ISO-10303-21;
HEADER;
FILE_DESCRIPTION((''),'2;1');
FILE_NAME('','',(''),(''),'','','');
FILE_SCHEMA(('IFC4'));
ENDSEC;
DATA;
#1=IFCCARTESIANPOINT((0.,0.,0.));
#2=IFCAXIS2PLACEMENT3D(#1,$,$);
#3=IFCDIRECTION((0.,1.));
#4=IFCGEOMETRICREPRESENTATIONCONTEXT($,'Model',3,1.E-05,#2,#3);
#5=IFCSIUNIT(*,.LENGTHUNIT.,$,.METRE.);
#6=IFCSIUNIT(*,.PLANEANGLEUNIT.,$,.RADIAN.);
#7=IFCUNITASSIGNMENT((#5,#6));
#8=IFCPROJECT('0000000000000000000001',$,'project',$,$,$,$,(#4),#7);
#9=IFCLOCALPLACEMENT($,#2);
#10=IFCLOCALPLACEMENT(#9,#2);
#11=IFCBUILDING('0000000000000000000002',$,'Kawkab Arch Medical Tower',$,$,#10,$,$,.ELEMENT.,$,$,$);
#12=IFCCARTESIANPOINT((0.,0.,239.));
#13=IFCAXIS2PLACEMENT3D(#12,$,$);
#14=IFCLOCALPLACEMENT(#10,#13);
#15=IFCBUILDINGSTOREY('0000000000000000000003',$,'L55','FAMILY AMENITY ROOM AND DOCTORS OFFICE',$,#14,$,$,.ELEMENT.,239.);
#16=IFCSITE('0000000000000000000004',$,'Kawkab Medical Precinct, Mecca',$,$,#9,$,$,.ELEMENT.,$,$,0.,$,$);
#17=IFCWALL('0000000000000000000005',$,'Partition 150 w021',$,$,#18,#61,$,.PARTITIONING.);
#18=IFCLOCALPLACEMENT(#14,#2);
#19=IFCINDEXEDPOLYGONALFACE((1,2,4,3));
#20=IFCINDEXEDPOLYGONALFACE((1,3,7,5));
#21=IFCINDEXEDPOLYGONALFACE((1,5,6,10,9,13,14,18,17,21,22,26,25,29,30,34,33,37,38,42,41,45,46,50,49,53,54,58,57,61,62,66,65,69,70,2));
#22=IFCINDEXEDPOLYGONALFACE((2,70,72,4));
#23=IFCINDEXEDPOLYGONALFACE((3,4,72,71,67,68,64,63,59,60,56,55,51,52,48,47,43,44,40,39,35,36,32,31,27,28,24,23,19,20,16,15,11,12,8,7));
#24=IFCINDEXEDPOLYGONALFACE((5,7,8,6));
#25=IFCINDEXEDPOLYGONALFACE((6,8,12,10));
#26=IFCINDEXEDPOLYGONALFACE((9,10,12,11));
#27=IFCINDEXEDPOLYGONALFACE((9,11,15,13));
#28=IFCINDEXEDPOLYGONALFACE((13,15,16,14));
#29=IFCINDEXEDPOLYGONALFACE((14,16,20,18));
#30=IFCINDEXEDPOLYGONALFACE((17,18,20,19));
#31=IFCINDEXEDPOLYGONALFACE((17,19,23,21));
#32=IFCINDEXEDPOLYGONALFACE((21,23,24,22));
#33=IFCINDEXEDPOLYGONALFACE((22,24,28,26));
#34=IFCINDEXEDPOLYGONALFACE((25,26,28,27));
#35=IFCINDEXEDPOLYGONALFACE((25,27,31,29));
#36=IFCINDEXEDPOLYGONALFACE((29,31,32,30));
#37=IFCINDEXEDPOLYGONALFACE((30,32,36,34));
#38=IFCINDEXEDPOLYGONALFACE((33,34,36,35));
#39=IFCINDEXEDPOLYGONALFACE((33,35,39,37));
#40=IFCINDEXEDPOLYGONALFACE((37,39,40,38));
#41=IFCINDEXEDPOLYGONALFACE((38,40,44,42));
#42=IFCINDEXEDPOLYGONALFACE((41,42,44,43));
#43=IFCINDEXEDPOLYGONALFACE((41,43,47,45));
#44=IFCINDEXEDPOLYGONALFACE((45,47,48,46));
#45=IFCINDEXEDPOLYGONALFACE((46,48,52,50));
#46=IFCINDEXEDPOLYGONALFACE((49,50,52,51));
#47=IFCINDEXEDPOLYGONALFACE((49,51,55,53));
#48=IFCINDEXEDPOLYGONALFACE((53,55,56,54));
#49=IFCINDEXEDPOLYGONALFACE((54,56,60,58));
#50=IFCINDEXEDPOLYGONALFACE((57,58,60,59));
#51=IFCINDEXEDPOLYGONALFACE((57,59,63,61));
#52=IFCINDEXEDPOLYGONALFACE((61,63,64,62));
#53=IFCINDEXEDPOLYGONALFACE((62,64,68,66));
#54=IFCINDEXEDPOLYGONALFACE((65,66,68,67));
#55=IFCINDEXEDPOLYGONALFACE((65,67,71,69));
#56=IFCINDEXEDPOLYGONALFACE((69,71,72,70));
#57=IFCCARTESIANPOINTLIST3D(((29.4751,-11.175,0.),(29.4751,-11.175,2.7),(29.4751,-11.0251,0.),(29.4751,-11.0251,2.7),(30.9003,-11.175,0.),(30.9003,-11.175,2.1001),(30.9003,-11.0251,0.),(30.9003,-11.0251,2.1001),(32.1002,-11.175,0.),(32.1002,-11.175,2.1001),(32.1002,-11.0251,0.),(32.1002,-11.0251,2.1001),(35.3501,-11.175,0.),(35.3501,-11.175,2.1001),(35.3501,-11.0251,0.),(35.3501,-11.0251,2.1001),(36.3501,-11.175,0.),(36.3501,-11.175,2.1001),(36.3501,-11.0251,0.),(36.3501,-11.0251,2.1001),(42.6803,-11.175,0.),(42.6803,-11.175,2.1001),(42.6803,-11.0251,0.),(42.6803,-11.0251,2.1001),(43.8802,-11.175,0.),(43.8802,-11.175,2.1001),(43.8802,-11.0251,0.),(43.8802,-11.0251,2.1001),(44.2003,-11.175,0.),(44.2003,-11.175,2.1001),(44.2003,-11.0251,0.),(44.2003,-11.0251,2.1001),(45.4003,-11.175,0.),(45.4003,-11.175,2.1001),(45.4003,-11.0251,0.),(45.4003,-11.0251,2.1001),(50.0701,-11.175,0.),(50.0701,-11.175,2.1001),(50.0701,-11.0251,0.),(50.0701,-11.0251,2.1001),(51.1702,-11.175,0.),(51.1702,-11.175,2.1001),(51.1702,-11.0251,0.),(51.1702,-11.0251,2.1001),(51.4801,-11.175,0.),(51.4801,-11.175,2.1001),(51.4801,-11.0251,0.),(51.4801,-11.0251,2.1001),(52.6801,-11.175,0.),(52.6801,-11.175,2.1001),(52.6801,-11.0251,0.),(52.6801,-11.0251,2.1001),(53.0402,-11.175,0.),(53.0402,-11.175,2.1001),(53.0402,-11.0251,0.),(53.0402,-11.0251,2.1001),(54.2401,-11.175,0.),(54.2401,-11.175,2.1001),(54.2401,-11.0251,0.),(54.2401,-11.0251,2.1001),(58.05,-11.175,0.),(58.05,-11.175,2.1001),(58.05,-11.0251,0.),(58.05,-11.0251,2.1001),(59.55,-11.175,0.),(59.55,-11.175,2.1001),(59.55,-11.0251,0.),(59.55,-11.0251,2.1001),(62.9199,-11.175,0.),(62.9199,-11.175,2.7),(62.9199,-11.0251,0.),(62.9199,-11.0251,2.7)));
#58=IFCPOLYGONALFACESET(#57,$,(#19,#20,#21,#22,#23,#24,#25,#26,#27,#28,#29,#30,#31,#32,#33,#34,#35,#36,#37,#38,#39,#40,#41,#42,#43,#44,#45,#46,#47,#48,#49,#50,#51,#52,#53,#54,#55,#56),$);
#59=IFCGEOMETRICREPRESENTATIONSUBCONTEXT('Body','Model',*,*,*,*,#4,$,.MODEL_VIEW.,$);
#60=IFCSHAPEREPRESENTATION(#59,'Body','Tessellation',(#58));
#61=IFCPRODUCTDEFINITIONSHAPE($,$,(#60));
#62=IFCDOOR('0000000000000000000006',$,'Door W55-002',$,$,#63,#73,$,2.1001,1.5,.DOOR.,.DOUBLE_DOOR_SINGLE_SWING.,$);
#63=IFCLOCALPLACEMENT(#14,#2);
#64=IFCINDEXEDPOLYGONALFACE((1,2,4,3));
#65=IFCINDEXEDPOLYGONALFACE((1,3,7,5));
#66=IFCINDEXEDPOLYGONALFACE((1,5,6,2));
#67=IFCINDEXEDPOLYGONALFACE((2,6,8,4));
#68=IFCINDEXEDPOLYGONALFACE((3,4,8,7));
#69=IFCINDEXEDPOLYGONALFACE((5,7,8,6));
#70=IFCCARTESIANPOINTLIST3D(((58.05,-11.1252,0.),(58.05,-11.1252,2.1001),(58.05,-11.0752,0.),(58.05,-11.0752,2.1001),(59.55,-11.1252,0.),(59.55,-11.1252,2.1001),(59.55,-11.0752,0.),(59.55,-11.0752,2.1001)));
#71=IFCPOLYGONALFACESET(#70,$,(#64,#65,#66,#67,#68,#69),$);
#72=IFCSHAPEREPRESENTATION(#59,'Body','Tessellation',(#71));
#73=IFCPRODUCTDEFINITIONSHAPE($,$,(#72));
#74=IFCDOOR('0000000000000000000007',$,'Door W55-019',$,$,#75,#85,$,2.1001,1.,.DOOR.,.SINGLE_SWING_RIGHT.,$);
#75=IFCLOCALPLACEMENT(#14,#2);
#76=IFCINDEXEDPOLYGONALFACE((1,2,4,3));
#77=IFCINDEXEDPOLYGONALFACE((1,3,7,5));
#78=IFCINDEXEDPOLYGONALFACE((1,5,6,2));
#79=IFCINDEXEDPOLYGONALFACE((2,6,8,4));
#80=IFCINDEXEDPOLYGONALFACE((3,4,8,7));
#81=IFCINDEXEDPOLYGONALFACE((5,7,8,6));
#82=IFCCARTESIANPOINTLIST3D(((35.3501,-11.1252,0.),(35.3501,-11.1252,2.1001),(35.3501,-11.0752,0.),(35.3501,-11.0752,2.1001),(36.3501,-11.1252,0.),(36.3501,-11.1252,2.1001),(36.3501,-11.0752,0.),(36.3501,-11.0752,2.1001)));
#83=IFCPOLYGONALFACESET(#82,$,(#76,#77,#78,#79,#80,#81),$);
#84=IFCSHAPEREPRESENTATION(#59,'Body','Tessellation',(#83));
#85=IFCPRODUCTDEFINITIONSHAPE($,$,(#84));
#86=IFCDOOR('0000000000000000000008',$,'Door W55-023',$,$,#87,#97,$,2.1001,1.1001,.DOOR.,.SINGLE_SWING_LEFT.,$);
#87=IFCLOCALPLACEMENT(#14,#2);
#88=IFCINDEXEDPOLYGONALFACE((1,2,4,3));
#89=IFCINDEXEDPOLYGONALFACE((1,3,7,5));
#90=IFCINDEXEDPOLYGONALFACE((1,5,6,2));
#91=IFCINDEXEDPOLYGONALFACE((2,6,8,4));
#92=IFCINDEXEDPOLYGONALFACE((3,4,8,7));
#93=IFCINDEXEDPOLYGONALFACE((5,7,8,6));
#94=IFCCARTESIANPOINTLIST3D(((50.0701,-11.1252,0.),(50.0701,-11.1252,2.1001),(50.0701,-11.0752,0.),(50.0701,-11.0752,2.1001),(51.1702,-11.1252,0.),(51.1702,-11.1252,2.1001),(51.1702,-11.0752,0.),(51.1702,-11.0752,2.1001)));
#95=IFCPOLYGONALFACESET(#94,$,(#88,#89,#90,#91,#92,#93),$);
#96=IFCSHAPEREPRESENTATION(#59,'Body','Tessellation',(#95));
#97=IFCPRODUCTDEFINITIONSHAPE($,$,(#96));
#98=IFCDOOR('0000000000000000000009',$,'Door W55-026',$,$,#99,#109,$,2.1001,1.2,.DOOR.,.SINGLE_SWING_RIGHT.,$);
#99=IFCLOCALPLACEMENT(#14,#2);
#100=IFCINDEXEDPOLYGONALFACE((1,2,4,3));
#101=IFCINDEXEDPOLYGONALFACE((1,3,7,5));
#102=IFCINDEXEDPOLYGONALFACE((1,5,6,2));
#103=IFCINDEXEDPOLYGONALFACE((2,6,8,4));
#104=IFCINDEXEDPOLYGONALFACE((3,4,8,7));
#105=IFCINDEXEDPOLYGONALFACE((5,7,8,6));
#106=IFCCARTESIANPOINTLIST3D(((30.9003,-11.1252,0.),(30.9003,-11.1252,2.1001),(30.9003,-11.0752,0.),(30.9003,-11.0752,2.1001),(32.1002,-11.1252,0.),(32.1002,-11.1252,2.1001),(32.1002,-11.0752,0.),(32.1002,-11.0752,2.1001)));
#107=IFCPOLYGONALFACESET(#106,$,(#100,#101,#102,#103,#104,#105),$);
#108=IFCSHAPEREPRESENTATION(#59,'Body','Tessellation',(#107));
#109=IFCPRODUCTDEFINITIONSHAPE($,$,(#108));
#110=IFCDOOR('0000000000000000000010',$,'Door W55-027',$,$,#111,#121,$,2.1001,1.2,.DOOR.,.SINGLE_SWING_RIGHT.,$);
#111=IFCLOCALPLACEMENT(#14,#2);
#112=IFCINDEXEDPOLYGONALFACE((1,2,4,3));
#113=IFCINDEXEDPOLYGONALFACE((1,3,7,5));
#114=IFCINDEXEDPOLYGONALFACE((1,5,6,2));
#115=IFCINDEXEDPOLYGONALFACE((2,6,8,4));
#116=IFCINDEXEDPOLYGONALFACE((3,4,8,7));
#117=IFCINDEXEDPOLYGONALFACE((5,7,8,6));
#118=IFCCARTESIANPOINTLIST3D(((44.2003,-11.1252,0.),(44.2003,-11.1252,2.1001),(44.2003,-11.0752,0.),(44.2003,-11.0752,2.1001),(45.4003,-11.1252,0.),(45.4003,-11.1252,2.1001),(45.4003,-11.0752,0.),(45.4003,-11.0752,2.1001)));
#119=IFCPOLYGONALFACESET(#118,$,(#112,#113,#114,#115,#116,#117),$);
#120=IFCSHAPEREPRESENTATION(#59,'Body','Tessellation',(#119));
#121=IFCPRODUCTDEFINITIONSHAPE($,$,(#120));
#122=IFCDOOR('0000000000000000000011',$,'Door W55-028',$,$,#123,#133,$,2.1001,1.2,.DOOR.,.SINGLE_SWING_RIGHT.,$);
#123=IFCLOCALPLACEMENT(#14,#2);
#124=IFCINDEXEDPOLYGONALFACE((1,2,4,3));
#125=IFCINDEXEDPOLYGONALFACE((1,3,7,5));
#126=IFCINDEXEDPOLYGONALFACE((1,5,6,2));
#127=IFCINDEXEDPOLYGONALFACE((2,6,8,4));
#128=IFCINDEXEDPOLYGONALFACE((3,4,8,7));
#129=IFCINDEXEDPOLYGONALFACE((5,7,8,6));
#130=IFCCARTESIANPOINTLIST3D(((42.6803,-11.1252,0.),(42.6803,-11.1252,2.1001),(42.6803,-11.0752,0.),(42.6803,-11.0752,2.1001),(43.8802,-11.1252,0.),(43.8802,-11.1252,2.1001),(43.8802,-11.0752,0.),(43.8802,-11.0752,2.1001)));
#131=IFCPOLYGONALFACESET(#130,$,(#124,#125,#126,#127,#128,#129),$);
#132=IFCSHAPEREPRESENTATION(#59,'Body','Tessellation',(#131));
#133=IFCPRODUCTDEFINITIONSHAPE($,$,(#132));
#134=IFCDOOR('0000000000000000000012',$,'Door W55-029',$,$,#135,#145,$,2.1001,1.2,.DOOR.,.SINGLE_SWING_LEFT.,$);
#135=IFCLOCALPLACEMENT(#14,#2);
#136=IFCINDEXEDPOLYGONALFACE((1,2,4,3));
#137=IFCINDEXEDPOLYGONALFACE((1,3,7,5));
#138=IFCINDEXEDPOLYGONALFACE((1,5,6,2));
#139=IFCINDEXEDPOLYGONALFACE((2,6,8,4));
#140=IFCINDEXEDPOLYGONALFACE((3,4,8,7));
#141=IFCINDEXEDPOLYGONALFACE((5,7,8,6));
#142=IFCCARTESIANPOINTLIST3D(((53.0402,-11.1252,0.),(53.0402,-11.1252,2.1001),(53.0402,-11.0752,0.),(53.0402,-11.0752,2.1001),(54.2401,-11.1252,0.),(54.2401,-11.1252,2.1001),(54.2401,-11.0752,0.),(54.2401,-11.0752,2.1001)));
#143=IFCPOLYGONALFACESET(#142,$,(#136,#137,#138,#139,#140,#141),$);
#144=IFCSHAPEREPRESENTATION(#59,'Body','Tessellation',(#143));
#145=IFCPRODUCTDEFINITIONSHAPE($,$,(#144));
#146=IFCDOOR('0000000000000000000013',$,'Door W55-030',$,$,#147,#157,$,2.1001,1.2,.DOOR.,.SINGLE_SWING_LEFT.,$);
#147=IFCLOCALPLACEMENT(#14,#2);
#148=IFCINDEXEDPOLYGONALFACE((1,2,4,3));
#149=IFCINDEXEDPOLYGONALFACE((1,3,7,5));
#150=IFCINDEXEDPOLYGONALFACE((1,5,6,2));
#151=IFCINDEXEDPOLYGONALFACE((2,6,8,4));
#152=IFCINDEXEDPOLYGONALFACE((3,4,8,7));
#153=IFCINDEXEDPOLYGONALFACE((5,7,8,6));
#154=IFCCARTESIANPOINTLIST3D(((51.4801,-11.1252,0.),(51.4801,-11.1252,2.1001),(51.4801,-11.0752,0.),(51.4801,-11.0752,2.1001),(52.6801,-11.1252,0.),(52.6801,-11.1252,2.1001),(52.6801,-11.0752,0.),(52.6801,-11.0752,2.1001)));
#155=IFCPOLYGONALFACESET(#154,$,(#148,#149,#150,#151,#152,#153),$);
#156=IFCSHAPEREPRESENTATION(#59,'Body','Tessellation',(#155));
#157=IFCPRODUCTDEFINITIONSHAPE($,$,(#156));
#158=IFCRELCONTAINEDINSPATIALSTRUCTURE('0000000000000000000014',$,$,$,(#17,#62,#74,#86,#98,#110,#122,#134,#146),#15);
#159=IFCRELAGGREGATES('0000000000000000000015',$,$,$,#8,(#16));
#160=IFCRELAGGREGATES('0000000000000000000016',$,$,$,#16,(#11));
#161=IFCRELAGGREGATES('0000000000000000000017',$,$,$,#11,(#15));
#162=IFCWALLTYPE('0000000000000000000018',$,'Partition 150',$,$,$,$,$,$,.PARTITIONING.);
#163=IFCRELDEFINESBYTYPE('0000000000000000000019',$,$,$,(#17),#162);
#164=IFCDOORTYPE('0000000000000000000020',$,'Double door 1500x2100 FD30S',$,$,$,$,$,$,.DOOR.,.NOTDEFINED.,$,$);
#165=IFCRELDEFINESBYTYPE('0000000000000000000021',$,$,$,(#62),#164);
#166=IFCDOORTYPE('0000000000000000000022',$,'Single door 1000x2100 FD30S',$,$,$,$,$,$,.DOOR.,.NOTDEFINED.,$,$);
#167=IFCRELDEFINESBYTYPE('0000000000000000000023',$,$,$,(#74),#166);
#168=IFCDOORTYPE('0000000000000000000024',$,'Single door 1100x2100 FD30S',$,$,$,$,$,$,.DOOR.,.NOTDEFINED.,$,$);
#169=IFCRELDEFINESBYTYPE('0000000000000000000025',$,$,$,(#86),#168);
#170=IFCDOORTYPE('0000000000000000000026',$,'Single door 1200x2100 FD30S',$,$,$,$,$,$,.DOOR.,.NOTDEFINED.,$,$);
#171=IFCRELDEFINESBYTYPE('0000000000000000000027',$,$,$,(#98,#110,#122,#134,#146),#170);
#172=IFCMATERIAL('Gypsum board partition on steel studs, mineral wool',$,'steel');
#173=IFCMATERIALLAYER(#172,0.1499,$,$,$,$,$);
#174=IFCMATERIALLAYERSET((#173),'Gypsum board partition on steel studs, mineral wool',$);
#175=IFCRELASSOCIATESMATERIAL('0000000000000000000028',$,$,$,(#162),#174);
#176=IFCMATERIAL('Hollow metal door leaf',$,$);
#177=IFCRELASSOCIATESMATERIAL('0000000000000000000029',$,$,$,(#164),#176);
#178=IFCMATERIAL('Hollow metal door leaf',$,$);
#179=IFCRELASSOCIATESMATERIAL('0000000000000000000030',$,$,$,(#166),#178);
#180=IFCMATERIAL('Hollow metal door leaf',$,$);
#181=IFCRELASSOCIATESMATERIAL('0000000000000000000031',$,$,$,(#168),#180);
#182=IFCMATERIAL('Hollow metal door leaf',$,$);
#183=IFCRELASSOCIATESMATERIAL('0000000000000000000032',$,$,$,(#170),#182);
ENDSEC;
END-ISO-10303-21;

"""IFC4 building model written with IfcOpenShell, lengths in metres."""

from ifc_helpers import new_model, si_unit, direction, frame, frame_2d, origin, place, context, subcontext, project, spatial, rectangle, extrude, material, layer, layer_set, type_object, element, fill, save


model = new_model("IFC4")

# Units and contexts
model_context = context("Model", 3, precision=1e-05, world=origin(), true_north=direction((0.0, 1.0)))
body_context = subcontext(model_context, "Body", "Model", "MODEL_VIEW")
ifc_project = project(units=[si_unit("LENGTHUNIT", "METRE"), si_unit("PLANEANGLEUNIT", "RADIAN")], contexts=[model_context])

# Site, building, storey
site_placement = place(None, origin())
site = spatial("IfcSite", under=ifc_project, at=site_placement, Name="Kawkab Medical Precinct, Mecca", CompositionType="ELEMENT", RefElevation=0.0)
building_placement = place(site_placement, origin())
building = spatial("IfcBuilding", under=site, at=building_placement, Name="Kawkab Arch Medical Tower", CompositionType="ELEMENT")
storey_placement = place(building_placement, frame((0.0, 0.0, 239.0)))
storey = spatial("IfcBuildingStorey", under=building, at=storey_placement, Name="L55", Description="FAMILY AMENITY ROOM AND DOCTORS OFFICE", CompositionType="ELEMENT", Elevation=239.0)

# Shared definitions
ifc_material_1 = material(Name="Gypsum board partition on steel studs, mineral wool", Category="steel")
ifc_layer_1 = layer(ifc_material_1, 0.1499)
ifc_layer_set_1 = layer_set([ifc_layer_1], Name="Gypsum board partition on steel studs, mineral wool")
wall_type_1 = type_object("IfcWallType", Name="Partition 150", PredefinedType="PARTITIONING", material=ifc_layer_set_1)
ifc_material_2 = material(Name="Hollow metal door leaf")
door_type_1 = type_object("IfcDoorType", Name="Double door 1500x2100 FD30S", OperationType="NOTDEFINED", PredefinedType="DOOR", material=ifc_material_2)

# Wall, openings, doors
wall_1_placement = place(storey_placement, frame((29.4751, -11.1001, 0.0), z_axis=(0.0, 0.0, 1.0), x_axis=(1.0, 0.0, 0.0)))
wall_1 = element("IfcWall", 1, at=wall_1_placement, inside=storey, type_object=wall_type_1, Name="Partition 150 w021", PredefinedType="PARTITIONING", context=body_context, shape_type="SweptSolid", body=[
    extrude(rectangle(XDim=33.4448, YDim=0.1499, at=frame_2d((16.7224, 0.0))), origin(), (0.0, 0.0, 1.0), 2.7),
])
opening_1_placement = place(wall_1_placement, frame((1.425, 0.0, 0.0)))
opening_1 = element("IfcOpeningElement", 2, at=opening_1_placement, cuts=wall_1, PredefinedType="OPENING", context=body_context, shape_type="SweptSolid", body=[
    extrude(rectangle(XDim=1.2, YDim=2.1001, at=frame_2d((0.6001, 1.05))), frame((0.0, 0.085, 0.0), z_axis=(0.0, -1.0, 0.0), x_axis=(1.0, 0.0, 0.0)), (0.0, 0.0, 1.0), 0.1699),
])
opening_2_placement = place(wall_1_placement, frame((5.875, 0.0, 0.0)))
opening_2 = element("IfcOpeningElement", 3, at=opening_2_placement, cuts=wall_1, PredefinedType="OPENING", context=body_context, shape_type="SweptSolid", body=[
    extrude(rectangle(XDim=1.0, YDim=2.1001, at=frame_2d((0.5, 1.05))), frame((0.0, 0.085, 0.0), z_axis=(0.0, -1.0, 0.0), x_axis=(1.0, 0.0, 0.0)), (0.0, 0.0, 1.0), 0.1699),
])
opening_3_placement = place(wall_1_placement, frame((14.7251, 0.0, 0.0)))
opening_3 = element("IfcOpeningElement", 4, at=opening_3_placement, cuts=wall_1, PredefinedType="OPENING", context=body_context, shape_type="SweptSolid", body=[
    extrude(rectangle(XDim=1.2, YDim=2.1001, at=frame_2d((0.6001, 1.05))), frame((0.0, 0.085, 0.0), z_axis=(0.0, -1.0, 0.0), x_axis=(1.0, 0.0, 0.0)), (0.0, 0.0, 1.0), 0.1699),
])
opening_4_placement = place(wall_1_placement, frame((13.2051, 0.0, 0.0)))
opening_4 = element("IfcOpeningElement", 5, at=opening_4_placement, cuts=wall_1, PredefinedType="OPENING", context=body_context, shape_type="SweptSolid", body=[
    extrude(rectangle(XDim=1.2, YDim=2.1001, at=frame_2d((0.6001, 1.05))), frame((0.0, 0.085, 0.0), z_axis=(0.0, -1.0, 0.0), x_axis=(1.0, 0.0, 0.0)), (0.0, 0.0, 1.0), 0.1699),
])
opening_5_placement = place(wall_1_placement, frame((23.5649, 0.0, 0.0)))
opening_5 = element("IfcOpeningElement", 6, at=opening_5_placement, cuts=wall_1, PredefinedType="OPENING", context=body_context, shape_type="SweptSolid", body=[
    extrude(rectangle(XDim=1.2, YDim=2.1001, at=frame_2d((0.6001, 1.05))), frame((0.0, 0.085, 0.0), z_axis=(0.0, -1.0, 0.0), x_axis=(1.0, 0.0, 0.0)), (0.0, 0.0, 1.0), 0.1699),
])
opening_6_placement = place(wall_1_placement, frame((22.0049, 0.0, 0.0)))
opening_6 = element("IfcOpeningElement", 7, at=opening_6_placement, cuts=wall_1, PredefinedType="OPENING", context=body_context, shape_type="SweptSolid", body=[
    extrude(rectangle(XDim=1.2, YDim=2.1001, at=frame_2d((0.6001, 1.05))), frame((0.0, 0.085, 0.0), z_axis=(0.0, -1.0, 0.0), x_axis=(1.0, 0.0, 0.0)), (0.0, 0.0, 1.0), 0.1699),
])
opening_7_placement = place(wall_1_placement, frame((20.595, 0.0, 0.0)))
opening_7 = element("IfcOpeningElement", 8, at=opening_7_placement, cuts=wall_1, PredefinedType="OPENING", context=body_context, shape_type="SweptSolid", body=[
    extrude(rectangle(XDim=1.1001, YDim=2.1001, at=frame_2d((0.55, 1.05))), frame((0.0, 0.085, 0.0), z_axis=(0.0, -1.0, 0.0), x_axis=(1.0, 0.0, 0.0)), (0.0, 0.0, 1.0), 0.1699),
])
opening_8_placement = place(wall_1_placement, frame((28.575, 0.0, 0.0)))
opening_8 = element("IfcOpeningElement", 9, at=opening_8_placement, cuts=wall_1, PredefinedType="OPENING", context=body_context, shape_type="SweptSolid", body=[
    extrude(rectangle(XDim=1.5, YDim=2.1001, at=frame_2d((0.75, 1.05))), frame((0.0, 0.085, 0.0), z_axis=(0.0, -1.0, 0.0), x_axis=(1.0, 0.0, 0.0)), (0.0, 0.0, 1.0), 0.1699),
])
door_1_placement = place(opening_8_placement, origin())
door_1 = element("IfcDoor", 10, at=door_1_placement, inside=storey, type_object=door_type_1, Name="Door W55-002", OperationType="DOUBLE_DOOR_SINGLE_SWING", OverallHeight=2.1001, OverallWidth=1.5, PredefinedType="DOOR", context=body_context, shape_type="SweptSolid", body=[
    extrude(rectangle(XDim=1.5, YDim=2.1001, at=frame_2d((0.75, 1.05))), frame((0.0, 0.0249, 0.0), z_axis=(0.0, -1.0, 0.0), x_axis=(1.0, 0.0, 0.0)), (0.0, 0.0, 1.0), 0.05),
])
fill(opening_8, door_1)
ifc_material_3 = material(Name="Hollow metal door leaf")
door_type_2 = type_object("IfcDoorType", Name="Single door 1000x2100 FD30S", OperationType="NOTDEFINED", PredefinedType="DOOR", material=ifc_material_3)
door_2_placement = place(opening_2_placement, origin())
door_2 = element("IfcDoor", 11, at=door_2_placement, inside=storey, type_object=door_type_2, Name="Door W55-019", OperationType="SINGLE_SWING_RIGHT", OverallHeight=2.1001, OverallWidth=1.0, PredefinedType="DOOR", context=body_context, shape_type="SweptSolid", body=[
    extrude(rectangle(XDim=1.0, YDim=2.1001, at=frame_2d((0.5, 1.05))), frame((0.0, 0.0249, 0.0), z_axis=(0.0, -1.0, 0.0), x_axis=(1.0, 0.0, 0.0)), (0.0, 0.0, 1.0), 0.05),
])
fill(opening_2, door_2)
ifc_material_4 = material(Name="Hollow metal door leaf")
door_type_3 = type_object("IfcDoorType", Name="Single door 1100x2100 FD30S", OperationType="NOTDEFINED", PredefinedType="DOOR", material=ifc_material_4)
door_3_placement = place(opening_7_placement, origin())
door_3 = element("IfcDoor", 12, at=door_3_placement, inside=storey, type_object=door_type_3, Name="Door W55-023", OperationType="SINGLE_SWING_LEFT", OverallHeight=2.1001, OverallWidth=1.1001, PredefinedType="DOOR", context=body_context, shape_type="SweptSolid", body=[
    extrude(rectangle(XDim=1.1001, YDim=2.1001, at=frame_2d((0.55, 1.05))), frame((0.0, 0.0249, 0.0), z_axis=(0.0, -1.0, 0.0), x_axis=(1.0, 0.0, 0.0)), (0.0, 0.0, 1.0), 0.05),
])
fill(opening_7, door_3)
ifc_material_5 = material(Name="Hollow metal door leaf")
door_type_4 = type_object("IfcDoorType", Name="Single door 1200x2100 FD30S", OperationType="NOTDEFINED", PredefinedType="DOOR", material=ifc_material_5)
door_4_placement = place(opening_1_placement, origin())
door_4 = element("IfcDoor", 13, at=door_4_placement, inside=storey, type_object=door_type_4, Name="Door W55-026", OperationType="SINGLE_SWING_RIGHT", OverallHeight=2.1001, OverallWidth=1.2, PredefinedType="DOOR", context=body_context, shape_type="SweptSolid", body=[
    extrude(rectangle(XDim=1.2, YDim=2.1001, at=frame_2d((0.6001, 1.05))), frame((0.0, 0.0249, 0.0), z_axis=(0.0, -1.0, 0.0), x_axis=(1.0, 0.0, 0.0)), (0.0, 0.0, 1.0), 0.05),
])
fill(opening_1, door_4)
door_5_placement = place(opening_3_placement, origin())
door_5 = element("IfcDoor", 14, at=door_5_placement, inside=storey, type_object=door_type_4, Name="Door W55-027", OperationType="SINGLE_SWING_RIGHT", OverallHeight=2.1001, OverallWidth=1.2, PredefinedType="DOOR", context=body_context, shape_type="SweptSolid", body=[
    extrude(rectangle(XDim=1.2, YDim=2.1001, at=frame_2d((0.6001, 1.05))), frame((0.0, 0.0249, 0.0), z_axis=(0.0, -1.0, 0.0), x_axis=(1.0, 0.0, 0.0)), (0.0, 0.0, 1.0), 0.05),
])
fill(opening_3, door_5)
door_6_placement = place(opening_4_placement, origin())
door_6 = element("IfcDoor", 15, at=door_6_placement, inside=storey, type_object=door_type_4, Name="Door W55-028", OperationType="SINGLE_SWING_RIGHT", OverallHeight=2.1001, OverallWidth=1.2, PredefinedType="DOOR", context=body_context, shape_type="SweptSolid", body=[
    extrude(rectangle(XDim=1.2, YDim=2.1001, at=frame_2d((0.6001, 1.05))), frame((0.0, 0.0249, 0.0), z_axis=(0.0, -1.0, 0.0), x_axis=(1.0, 0.0, 0.0)), (0.0, 0.0, 1.0), 0.05),
])
fill(opening_4, door_6)
door_7_placement = place(opening_5_placement, origin())
door_7 = element("IfcDoor", 16, at=door_7_placement, inside=storey, type_object=door_type_4, Name="Door W55-029", OperationType="SINGLE_SWING_LEFT", OverallHeight=2.1001, OverallWidth=1.2, PredefinedType="DOOR", context=body_context, shape_type="SweptSolid", body=[
    extrude(rectangle(XDim=1.2, YDim=2.1001, at=frame_2d((0.6001, 1.05))), frame((0.0, 0.0249, 0.0), z_axis=(0.0, -1.0, 0.0), x_axis=(1.0, 0.0, 0.0)), (0.0, 0.0, 1.0), 0.05),
])
fill(opening_5, door_7)
door_8_placement = place(opening_6_placement, origin())
door_8 = element("IfcDoor", 17, at=door_8_placement, inside=storey, type_object=door_type_4, Name="Door W55-030", OperationType="SINGLE_SWING_LEFT", OverallHeight=2.1001, OverallWidth=1.2, PredefinedType="DOOR", context=body_context, shape_type="SweptSolid", body=[
    extrude(rectangle(XDim=1.2, YDim=2.1001, at=frame_2d((0.6001, 1.05))), frame((0.0, 0.0249, 0.0), z_axis=(0.0, -1.0, 0.0), x_axis=(1.0, 0.0, 0.0)), (0.0, 0.0, 1.0), 0.05),
])
fill(opening_6, door_8)

save(model, "model.ifc")
